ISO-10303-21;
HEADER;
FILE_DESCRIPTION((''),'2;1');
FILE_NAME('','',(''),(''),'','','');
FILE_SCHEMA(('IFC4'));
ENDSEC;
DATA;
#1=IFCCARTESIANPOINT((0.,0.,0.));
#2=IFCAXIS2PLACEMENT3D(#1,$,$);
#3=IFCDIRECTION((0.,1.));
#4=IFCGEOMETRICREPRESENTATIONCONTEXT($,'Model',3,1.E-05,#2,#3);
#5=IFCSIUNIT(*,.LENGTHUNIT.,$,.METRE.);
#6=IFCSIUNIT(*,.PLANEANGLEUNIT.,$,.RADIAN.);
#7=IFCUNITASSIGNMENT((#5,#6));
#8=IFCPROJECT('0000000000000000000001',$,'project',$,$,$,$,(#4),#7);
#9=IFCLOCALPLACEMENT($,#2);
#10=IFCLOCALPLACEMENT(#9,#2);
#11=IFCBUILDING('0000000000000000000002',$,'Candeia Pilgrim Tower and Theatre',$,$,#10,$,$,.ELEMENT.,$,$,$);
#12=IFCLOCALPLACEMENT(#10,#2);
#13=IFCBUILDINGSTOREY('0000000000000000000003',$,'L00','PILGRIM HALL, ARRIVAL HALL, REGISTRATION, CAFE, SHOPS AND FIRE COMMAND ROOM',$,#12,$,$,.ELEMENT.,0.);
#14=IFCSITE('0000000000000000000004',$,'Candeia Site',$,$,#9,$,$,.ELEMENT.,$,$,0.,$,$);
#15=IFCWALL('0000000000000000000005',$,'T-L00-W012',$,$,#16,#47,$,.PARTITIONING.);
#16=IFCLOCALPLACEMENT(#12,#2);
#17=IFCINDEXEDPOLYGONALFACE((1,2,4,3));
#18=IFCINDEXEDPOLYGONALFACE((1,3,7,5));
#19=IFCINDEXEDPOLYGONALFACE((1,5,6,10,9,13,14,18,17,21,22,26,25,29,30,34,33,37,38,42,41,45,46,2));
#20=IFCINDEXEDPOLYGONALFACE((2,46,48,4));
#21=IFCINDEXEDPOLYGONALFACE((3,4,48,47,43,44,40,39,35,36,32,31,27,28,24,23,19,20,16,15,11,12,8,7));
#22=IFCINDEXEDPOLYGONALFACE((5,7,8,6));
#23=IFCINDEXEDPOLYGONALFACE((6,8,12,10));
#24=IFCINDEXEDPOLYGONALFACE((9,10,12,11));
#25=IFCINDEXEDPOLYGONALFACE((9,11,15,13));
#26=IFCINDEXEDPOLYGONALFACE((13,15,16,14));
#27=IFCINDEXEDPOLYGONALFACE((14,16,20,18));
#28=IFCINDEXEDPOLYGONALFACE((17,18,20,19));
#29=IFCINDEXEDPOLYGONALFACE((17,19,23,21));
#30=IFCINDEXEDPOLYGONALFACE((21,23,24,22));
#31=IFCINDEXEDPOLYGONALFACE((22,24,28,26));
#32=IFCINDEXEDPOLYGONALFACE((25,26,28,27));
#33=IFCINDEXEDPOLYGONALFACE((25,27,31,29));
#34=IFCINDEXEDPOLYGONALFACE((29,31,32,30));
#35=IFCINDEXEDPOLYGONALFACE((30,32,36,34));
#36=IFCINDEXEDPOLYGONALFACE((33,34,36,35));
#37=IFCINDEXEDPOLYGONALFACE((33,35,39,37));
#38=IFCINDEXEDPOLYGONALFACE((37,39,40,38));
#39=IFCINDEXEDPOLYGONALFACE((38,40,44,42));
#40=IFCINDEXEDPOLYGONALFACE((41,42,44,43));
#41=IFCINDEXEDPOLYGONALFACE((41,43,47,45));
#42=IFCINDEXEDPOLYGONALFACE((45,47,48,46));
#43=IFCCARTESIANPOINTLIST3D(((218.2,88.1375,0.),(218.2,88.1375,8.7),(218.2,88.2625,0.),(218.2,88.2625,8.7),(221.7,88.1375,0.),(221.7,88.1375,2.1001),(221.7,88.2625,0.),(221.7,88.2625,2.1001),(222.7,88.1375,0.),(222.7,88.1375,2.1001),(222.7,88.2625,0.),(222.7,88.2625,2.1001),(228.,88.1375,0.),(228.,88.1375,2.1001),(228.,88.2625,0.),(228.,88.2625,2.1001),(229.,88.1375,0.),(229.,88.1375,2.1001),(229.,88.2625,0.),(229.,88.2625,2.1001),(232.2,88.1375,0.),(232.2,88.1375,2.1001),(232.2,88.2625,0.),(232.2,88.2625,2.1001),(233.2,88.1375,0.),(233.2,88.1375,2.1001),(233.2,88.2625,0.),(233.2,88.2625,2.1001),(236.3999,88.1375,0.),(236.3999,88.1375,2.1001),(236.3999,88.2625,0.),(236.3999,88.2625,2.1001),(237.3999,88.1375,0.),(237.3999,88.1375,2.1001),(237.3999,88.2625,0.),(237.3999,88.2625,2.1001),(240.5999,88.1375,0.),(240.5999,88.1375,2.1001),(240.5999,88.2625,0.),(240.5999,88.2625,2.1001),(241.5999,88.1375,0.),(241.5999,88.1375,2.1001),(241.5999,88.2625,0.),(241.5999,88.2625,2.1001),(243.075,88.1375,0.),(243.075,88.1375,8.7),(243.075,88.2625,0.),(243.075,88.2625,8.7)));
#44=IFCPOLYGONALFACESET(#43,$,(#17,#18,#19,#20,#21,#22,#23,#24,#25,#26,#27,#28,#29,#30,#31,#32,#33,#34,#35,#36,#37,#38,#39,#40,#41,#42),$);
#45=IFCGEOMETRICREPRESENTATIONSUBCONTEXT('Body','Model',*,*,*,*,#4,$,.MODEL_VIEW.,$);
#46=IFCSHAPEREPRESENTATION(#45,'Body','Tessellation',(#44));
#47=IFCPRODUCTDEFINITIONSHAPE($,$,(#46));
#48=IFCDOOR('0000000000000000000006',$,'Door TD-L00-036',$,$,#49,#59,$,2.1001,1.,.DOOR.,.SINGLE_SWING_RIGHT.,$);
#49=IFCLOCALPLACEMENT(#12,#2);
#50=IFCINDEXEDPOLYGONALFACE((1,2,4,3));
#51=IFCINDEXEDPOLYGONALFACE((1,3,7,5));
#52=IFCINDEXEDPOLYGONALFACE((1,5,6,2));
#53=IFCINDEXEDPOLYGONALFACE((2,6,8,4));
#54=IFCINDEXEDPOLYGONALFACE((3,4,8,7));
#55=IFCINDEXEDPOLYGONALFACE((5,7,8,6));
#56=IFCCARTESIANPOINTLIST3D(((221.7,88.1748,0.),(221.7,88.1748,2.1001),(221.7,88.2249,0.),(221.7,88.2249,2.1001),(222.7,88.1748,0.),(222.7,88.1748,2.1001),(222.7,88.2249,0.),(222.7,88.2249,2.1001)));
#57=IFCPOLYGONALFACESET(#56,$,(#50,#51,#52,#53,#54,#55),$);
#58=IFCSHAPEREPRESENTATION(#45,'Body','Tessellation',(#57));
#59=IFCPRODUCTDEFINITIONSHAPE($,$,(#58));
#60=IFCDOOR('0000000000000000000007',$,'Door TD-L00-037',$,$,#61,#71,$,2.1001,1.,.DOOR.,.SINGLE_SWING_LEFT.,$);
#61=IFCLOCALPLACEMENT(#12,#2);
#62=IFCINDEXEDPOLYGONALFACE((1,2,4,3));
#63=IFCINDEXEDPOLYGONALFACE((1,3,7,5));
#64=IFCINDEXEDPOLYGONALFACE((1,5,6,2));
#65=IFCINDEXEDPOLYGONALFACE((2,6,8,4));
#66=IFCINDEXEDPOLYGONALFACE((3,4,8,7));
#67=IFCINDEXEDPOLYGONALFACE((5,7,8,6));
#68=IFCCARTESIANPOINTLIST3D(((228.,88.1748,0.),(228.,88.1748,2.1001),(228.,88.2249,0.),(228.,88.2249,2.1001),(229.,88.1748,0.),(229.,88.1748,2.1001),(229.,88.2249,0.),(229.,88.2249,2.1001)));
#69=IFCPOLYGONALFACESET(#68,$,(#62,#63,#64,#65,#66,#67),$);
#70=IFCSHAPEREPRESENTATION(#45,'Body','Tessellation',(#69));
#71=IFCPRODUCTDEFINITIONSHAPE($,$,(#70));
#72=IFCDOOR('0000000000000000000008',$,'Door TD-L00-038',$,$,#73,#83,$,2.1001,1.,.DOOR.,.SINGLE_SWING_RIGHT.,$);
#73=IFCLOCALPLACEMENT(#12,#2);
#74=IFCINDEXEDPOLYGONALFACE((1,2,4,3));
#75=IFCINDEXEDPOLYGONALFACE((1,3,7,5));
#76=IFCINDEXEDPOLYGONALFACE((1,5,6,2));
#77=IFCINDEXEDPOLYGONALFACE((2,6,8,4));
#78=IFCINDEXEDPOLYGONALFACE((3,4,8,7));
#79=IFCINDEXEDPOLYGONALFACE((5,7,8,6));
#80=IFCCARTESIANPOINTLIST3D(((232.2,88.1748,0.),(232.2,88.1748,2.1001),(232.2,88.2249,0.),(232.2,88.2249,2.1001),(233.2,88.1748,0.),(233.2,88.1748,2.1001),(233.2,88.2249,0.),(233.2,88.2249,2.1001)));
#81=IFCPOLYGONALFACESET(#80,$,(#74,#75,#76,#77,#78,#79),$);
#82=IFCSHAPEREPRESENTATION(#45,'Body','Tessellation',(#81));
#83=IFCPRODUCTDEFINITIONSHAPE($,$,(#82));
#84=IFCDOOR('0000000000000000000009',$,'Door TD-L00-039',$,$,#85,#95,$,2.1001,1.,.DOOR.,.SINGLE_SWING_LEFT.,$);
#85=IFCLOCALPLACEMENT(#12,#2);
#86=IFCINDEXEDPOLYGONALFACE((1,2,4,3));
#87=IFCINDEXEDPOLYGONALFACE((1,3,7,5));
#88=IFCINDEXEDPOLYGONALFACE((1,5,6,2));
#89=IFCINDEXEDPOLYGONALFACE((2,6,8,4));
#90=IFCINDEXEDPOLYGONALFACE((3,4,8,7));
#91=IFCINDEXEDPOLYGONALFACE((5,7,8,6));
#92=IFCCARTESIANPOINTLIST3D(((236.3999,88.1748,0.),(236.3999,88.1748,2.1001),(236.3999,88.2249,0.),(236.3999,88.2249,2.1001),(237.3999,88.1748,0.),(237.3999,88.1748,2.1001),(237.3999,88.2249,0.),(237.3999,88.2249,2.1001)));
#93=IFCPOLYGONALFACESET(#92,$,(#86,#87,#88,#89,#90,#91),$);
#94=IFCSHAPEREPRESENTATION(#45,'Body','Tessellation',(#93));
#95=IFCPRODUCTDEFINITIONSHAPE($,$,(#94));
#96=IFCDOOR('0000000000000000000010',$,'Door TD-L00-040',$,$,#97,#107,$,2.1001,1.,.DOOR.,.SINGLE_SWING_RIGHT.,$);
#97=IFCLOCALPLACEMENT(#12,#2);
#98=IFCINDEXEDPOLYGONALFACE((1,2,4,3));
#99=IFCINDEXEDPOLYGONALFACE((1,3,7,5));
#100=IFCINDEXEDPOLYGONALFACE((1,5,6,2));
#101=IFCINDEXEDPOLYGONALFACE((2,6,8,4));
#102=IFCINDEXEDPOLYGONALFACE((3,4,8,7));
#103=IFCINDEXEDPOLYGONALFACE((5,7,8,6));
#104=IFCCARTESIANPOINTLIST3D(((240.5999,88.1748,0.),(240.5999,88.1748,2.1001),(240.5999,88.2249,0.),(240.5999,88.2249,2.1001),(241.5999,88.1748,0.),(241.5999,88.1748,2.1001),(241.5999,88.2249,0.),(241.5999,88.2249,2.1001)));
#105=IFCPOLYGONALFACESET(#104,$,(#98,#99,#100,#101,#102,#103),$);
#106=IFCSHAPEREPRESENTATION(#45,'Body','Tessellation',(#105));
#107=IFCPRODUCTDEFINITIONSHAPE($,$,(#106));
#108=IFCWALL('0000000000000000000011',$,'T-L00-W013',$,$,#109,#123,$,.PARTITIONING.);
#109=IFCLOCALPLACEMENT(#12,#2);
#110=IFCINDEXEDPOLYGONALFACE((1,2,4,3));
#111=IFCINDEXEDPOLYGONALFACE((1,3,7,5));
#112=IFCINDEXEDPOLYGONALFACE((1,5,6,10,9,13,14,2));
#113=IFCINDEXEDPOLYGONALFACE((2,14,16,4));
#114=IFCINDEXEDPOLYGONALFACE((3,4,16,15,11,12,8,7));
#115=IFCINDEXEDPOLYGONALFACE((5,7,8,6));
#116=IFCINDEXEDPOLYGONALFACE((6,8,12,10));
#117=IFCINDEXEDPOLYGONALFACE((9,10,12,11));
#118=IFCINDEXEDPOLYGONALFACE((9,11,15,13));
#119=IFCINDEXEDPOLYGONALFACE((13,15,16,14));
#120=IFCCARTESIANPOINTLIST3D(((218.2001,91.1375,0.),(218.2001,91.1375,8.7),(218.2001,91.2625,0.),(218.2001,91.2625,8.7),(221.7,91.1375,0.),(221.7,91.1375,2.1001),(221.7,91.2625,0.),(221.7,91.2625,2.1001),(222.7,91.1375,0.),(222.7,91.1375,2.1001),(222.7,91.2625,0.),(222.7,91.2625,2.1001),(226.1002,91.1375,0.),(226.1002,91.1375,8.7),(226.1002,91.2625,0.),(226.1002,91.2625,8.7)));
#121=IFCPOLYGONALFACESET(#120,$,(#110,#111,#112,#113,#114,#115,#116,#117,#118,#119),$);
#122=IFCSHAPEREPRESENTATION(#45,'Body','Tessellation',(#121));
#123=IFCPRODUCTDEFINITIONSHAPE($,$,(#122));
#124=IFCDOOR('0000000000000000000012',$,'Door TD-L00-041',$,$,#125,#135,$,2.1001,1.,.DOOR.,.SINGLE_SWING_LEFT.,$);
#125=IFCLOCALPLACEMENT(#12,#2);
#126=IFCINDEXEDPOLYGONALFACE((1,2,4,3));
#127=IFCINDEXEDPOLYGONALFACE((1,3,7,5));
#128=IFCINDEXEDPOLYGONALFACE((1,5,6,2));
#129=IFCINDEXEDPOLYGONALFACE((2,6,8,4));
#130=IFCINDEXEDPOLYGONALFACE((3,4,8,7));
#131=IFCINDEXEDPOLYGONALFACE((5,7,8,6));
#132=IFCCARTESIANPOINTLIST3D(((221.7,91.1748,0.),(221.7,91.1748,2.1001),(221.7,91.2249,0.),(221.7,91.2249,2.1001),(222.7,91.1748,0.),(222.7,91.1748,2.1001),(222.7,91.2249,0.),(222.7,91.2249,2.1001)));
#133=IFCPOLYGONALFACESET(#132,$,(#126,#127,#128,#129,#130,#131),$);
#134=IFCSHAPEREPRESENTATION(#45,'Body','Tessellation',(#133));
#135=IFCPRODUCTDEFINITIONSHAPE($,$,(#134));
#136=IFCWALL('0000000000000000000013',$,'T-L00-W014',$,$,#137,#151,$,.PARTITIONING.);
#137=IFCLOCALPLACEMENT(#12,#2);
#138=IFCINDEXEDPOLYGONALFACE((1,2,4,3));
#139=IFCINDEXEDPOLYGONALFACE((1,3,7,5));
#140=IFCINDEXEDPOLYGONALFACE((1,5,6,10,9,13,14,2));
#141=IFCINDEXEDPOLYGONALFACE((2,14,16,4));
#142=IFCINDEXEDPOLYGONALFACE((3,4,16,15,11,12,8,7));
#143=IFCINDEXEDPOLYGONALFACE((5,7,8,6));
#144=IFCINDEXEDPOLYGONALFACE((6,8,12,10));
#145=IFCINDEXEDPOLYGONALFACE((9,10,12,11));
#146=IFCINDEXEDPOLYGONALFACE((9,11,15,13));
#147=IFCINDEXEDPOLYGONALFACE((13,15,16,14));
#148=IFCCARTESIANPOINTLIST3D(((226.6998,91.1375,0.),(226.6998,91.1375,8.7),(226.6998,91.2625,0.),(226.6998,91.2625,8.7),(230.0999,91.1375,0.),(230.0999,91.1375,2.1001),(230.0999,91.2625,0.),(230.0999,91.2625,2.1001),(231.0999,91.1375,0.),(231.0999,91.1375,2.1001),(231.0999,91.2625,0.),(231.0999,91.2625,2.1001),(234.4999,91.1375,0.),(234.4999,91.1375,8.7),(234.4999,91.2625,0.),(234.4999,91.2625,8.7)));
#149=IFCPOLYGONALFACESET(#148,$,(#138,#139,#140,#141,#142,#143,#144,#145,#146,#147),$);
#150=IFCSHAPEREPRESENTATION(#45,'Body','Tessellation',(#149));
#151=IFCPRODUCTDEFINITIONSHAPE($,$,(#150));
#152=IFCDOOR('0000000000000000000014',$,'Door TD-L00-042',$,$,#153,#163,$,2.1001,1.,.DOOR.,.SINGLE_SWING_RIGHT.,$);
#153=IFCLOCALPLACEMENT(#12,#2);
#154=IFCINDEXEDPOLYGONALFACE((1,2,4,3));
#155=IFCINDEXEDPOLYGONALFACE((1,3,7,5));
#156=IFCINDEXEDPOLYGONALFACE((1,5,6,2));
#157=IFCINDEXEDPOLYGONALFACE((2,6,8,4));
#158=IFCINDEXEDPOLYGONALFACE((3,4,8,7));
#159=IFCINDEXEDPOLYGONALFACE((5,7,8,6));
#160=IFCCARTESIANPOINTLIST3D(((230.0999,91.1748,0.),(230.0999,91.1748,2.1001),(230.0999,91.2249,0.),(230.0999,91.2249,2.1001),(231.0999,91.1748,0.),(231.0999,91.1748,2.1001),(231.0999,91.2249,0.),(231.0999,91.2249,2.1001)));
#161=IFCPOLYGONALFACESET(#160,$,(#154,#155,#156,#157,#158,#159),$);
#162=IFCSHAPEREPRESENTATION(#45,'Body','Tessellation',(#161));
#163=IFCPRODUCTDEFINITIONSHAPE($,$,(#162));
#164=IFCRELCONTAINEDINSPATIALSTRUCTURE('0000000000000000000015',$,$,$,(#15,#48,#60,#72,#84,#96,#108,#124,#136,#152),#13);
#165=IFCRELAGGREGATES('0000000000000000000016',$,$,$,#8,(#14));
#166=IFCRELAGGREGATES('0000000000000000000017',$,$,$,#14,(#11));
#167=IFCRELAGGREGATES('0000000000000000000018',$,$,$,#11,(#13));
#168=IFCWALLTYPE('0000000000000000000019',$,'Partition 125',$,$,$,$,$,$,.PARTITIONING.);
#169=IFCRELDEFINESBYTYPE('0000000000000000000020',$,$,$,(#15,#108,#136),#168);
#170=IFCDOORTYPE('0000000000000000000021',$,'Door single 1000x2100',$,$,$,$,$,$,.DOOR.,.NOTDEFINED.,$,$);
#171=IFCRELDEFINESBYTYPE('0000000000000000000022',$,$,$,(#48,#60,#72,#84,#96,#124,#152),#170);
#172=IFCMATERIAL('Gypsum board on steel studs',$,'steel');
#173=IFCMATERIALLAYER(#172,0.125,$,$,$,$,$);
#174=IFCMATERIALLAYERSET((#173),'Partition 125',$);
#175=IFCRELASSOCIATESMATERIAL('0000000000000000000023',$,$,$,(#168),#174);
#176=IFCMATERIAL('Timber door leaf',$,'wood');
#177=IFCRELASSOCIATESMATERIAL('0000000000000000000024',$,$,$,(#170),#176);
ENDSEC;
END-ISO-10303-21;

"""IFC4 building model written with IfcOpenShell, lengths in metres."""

from ifc_helpers import new_model, si_unit, direction, frame, frame_2d, origin, place, context, subcontext, project, spatial, rectangle, extrude, material, layer, layer_set, type_object, element, fill, save


model = new_model("IFC4")

# Units and contexts
model_context = context("Model", 3, precision=1e-05, world=origin(), true_north=direction((0.0, 1.0)))
body_context = subcontext(model_context, "Body", "Model", "MODEL_VIEW")
ifc_project = project(units=[si_unit("LENGTHUNIT", "METRE"), si_unit("PLANEANGLEUNIT", "RADIAN")], contexts=[model_context])

# Site, building, storey
site_placement = place(None, origin())
site = spatial("IfcSite", under=ifc_project, at=site_placement, Name="Candeia Site", CompositionType="ELEMENT", RefElevation=0.0)
building_placement = place(site_placement, origin())
building = spatial("IfcBuilding", under=site, at=building_placement, Name="Candeia Pilgrim Tower and Theatre", CompositionType="ELEMENT")
storey_placement = place(building_placement, origin())
storey = spatial("IfcBuildingStorey", under=building, at=storey_placement, Name="L00", Description="PILGRIM HALL, ARRIVAL HALL, REGISTRATION, CAFE, SHOPS AND FIRE COMMAND ROOM", CompositionType="ELEMENT", Elevation=0.0)

# Wall, openings, doors
ifc_material_1 = material(Name="Gypsum board on steel studs", Category="steel")
ifc_layer = layer(ifc_material_1, 0.125)
ifc_layer_set = layer_set([ifc_layer], Name="Partition 125")
wall_type = type_object("IfcWallType", Name="Partition 125", PredefinedType="PARTITIONING", material=ifc_layer_set)
wall_1_placement = place(storey_placement, frame((218.2, 88.2, 0.0), z_axis=(0.0, 0.0, 1.0), x_axis=(1.0, 0.0, 0.0)))
wall_1 = element("IfcWall", 1, at=wall_1_placement, inside=storey, type_object=wall_type, Name="T-L00-W012", PredefinedType="PARTITIONING", context=body_context, shape_type="SweptSolid", body=[
    extrude(rectangle(XDim=24.875, YDim=0.125, at=frame_2d((12.4375, 0.0))), origin(), (0.0, 0.0, 1.0), 8.7),
])
opening_1_placement = place(wall_1_placement, frame((3.5, 0.0, 0.0)))
opening_1 = element("IfcOpeningElement", 2, at=opening_1_placement, cuts=wall_1, PredefinedType="OPENING", context=body_context, shape_type="SweptSolid", body=[
    extrude(rectangle(XDim=1.0, YDim=2.1001, at=frame_2d((0.5, 1.05))), frame((0.0, 0.0725, 0.0), z_axis=(0.0, -1.0, 0.0), x_axis=(1.0, 0.0, 0.0)), (0.0, 0.0, 1.0), 0.145),
])
opening_2_placement = place(wall_1_placement, frame((9.8, 0.0, 0.0)))
opening_2 = element("IfcOpeningElement", 3, at=opening_2_placement, cuts=wall_1, PredefinedType="OPENING", context=body_context, shape_type="SweptSolid", body=[
    extrude(rectangle(XDim=1.0, YDim=2.1001, at=frame_2d((0.5, 1.05))), frame((0.0, 0.0725, 0.0), z_axis=(0.0, -1.0, 0.0), x_axis=(1.0, 0.0, 0.0)), (0.0, 0.0, 1.0), 0.145),
])
opening_3_placement = place(wall_1_placement, frame((14.0, 0.0, 0.0)))
opening_3 = element("IfcOpeningElement", 4, at=opening_3_placement, cuts=wall_1, PredefinedType="OPENING", context=body_context, shape_type="SweptSolid", body=[
    extrude(rectangle(XDim=1.0, YDim=2.1001, at=frame_2d((0.5, 1.05))), frame((0.0, 0.0725, 0.0), z_axis=(0.0, -1.0, 0.0), x_axis=(1.0, 0.0, 0.0)), (0.0, 0.0, 1.0), 0.145),
])
opening_4_placement = place(wall_1_placement, frame((18.2, 0.0, 0.0)))
opening_4 = element("IfcOpeningElement", 5, at=opening_4_placement, cuts=wall_1, PredefinedType="OPENING", context=body_context, shape_type="SweptSolid", body=[
    extrude(rectangle(XDim=1.0, YDim=2.1001, at=frame_2d((0.5, 1.05))), frame((0.0, 0.0725, 0.0), z_axis=(0.0, -1.0, 0.0), x_axis=(1.0, 0.0, 0.0)), (0.0, 0.0, 1.0), 0.145),
])
opening_5_placement = place(wall_1_placement, frame((22.3999, 0.0, 0.0)))
opening_5 = element("IfcOpeningElement", 6, at=opening_5_placement, cuts=wall_1, PredefinedType="OPENING", context=body_context, shape_type="SweptSolid", body=[
    extrude(rectangle(XDim=1.0, YDim=2.1001, at=frame_2d((0.5, 1.05))), frame((0.0, 0.0725, 0.0), z_axis=(0.0, -1.0, 0.0), x_axis=(1.0, 0.0, 0.0)), (0.0, 0.0, 1.0), 0.145),
])
ifc_material_2 = material(Name="Timber door leaf", Category="wood")
door_type = type_object("IfcDoorType", Name="Door single 1000x2100", OperationType="NOTDEFINED", PredefinedType="DOOR", material=ifc_material_2)
door_1_placement = place(opening_1_placement, origin())
door_1 = element("IfcDoor", 7, at=door_1_placement, inside=storey, type_object=door_type, Name="Door TD-L00-036", OperationType="SINGLE_SWING_RIGHT", OverallHeight=2.1001, OverallWidth=1.0, PredefinedType="DOOR", context=body_context, shape_type="SweptSolid", body=[
    extrude(rectangle(XDim=1.0, YDim=2.1001, at=frame_2d((0.5, 1.05))), frame((0.0, 0.0249, 0.0), z_axis=(0.0, -1.0, 0.0), x_axis=(1.0, 0.0, 0.0)), (0.0, 0.0, 1.0), 0.05),
])
fill(opening_1, door_1)
door_2_placement = place(opening_2_placement, origin())
door_2 = element("IfcDoor", 8, at=door_2_placement, inside=storey, type_object=door_type, Name="Door TD-L00-037", OperationType="SINGLE_SWING_LEFT", OverallHeight=2.1001, OverallWidth=1.0, PredefinedType="DOOR", context=body_context, shape_type="SweptSolid", body=[
    extrude(rectangle(XDim=1.0, YDim=2.1001, at=frame_2d((0.5, 1.05))), frame((0.0, 0.0249, 0.0), z_axis=(0.0, -1.0, 0.0), x_axis=(1.0, 0.0, 0.0)), (0.0, 0.0, 1.0), 0.05),
])
fill(opening_2, door_2)
door_3_placement = place(opening_3_placement, origin())
door_3 = element("IfcDoor", 9, at=door_3_placement, inside=storey, type_object=door_type, Name="Door TD-L00-038", OperationType="SINGLE_SWING_RIGHT", OverallHeight=2.1001, OverallWidth=1.0, PredefinedType="DOOR", context=body_context, shape_type="SweptSolid", body=[
    extrude(rectangle(XDim=1.0, YDim=2.1001, at=frame_2d((0.5, 1.05))), frame((0.0, 0.0249, 0.0), z_axis=(0.0, -1.0, 0.0), x_axis=(1.0, 0.0, 0.0)), (0.0, 0.0, 1.0), 0.05),
])
fill(opening_3, door_3)
door_4_placement = place(opening_4_placement, origin())
door_4 = element("IfcDoor", 10, at=door_4_placement, inside=storey, type_object=door_type, Name="Door TD-L00-039", OperationType="SINGLE_SWING_LEFT", OverallHeight=2.1001, OverallWidth=1.0, PredefinedType="DOOR", context=body_context, shape_type="SweptSolid", body=[
    extrude(rectangle(XDim=1.0, YDim=2.1001, at=frame_2d((0.5, 1.05))), frame((0.0, 0.0249, 0.0), z_axis=(0.0, -1.0, 0.0), x_axis=(1.0, 0.0, 0.0)), (0.0, 0.0, 1.0), 0.05),
])
fill(opening_4, door_4)
door_5_placement = place(opening_5_placement, origin())
door_5 = element("IfcDoor", 11, at=door_5_placement, inside=storey, type_object=door_type, Name="Door TD-L00-040", OperationType="SINGLE_SWING_RIGHT", OverallHeight=2.1001, OverallWidth=1.0, PredefinedType="DOOR", context=body_context, shape_type="SweptSolid", body=[
    extrude(rectangle(XDim=1.0, YDim=2.1001, at=frame_2d((0.5, 1.05))), frame((0.0, 0.0249, 0.0), z_axis=(0.0, -1.0, 0.0), x_axis=(1.0, 0.0, 0.0)), (0.0, 0.0, 1.0), 0.05),
])
fill(opening_5, door_5)

# Walls, openings, doors
wall_2_placement = place(storey_placement, frame((218.2, 91.2, 0.0), z_axis=(0.0, 0.0, 1.0), x_axis=(1.0, 0.0, 0.0)))
wall_2 = element("IfcWall", 12, at=wall_2_placement, inside=storey, type_object=wall_type, Name="T-L00-W013", PredefinedType="PARTITIONING", context=body_context, shape_type="SweptSolid", body=[
    extrude(rectangle(XDim=7.9001, YDim=0.125, at=frame_2d((3.9502, 0.0))), origin(), (0.0, 0.0, 1.0), 8.7),
])
opening_6_placement = place(wall_2_placement, frame((3.5, 0.0, 0.0)))
opening_6 = element("IfcOpeningElement", 13, at=opening_6_placement, cuts=wall_2, PredefinedType="OPENING", context=body_context, shape_type="SweptSolid", body=[
    extrude(rectangle(XDim=1.0, YDim=2.1001, at=frame_2d((0.5, 1.05))), frame((0.0, 0.0725, 0.0), z_axis=(0.0, -1.0, 0.0), x_axis=(1.0, 0.0, 0.0)), (0.0, 0.0, 1.0), 0.145),
])
door_6_placement = place(opening_6_placement, origin())
door_6 = element("IfcDoor", 14, at=door_6_placement, inside=storey, type_object=door_type, Name="Door TD-L00-041", OperationType="SINGLE_SWING_LEFT", OverallHeight=2.1001, OverallWidth=1.0, PredefinedType="DOOR", context=body_context, shape_type="SweptSolid", body=[
    extrude(rectangle(XDim=1.0, YDim=2.1001, at=frame_2d((0.5, 1.05))), frame((0.0, 0.0249, 0.0), z_axis=(0.0, -1.0, 0.0), x_axis=(1.0, 0.0, 0.0)), (0.0, 0.0, 1.0), 0.05),
])
fill(opening_6, door_6)
wall_3_placement = place(storey_placement, frame((226.7, 91.2, 0.0), z_axis=(0.0, 0.0, 1.0), x_axis=(1.0, 0.0, 0.0)))
wall_3 = element("IfcWall", 15, at=wall_3_placement, inside=storey, type_object=wall_type, Name="T-L00-W014", PredefinedType="PARTITIONING", context=body_context, shape_type="SweptSolid", body=[
    extrude(rectangle(XDim=7.8, YDim=0.125, at=frame_2d((3.8999, 0.0))), origin(), (0.0, 0.0, 1.0), 8.7),
])
opening_7_placement = place(wall_3_placement, frame((3.3999, 0.0, 0.0)))
opening_7 = element("IfcOpeningElement", 16, at=opening_7_placement, cuts=wall_3, PredefinedType="OPENING", context=body_context, shape_type="SweptSolid", body=[
    extrude(rectangle(XDim=1.0, YDim=2.1001, at=frame_2d((0.5, 1.05))), frame((0.0, 0.0725, 0.0), z_axis=(0.0, -1.0, 0.0), x_axis=(1.0, 0.0, 0.0)), (0.0, 0.0, 1.0), 0.145),
])
door_7_placement = place(opening_7_placement, origin())
door_7 = element("IfcDoor", 17, at=door_7_placement, inside=storey, type_object=door_type, Name="Door TD-L00-042", OperationType="SINGLE_SWING_RIGHT", OverallHeight=2.1001, OverallWidth=1.0, PredefinedType="DOOR", context=body_context, shape_type="SweptSolid", body=[
    extrude(rectangle(XDim=1.0, YDim=2.1001, at=frame_2d((0.5, 1.05))), frame((0.0, 0.0249, 0.0), z_axis=(0.0, -1.0, 0.0), x_axis=(1.0, 0.0, 0.0)), (0.0, 0.0, 1.0), 0.05),
])
fill(opening_7, door_7)

save(model, "model.ifc")
